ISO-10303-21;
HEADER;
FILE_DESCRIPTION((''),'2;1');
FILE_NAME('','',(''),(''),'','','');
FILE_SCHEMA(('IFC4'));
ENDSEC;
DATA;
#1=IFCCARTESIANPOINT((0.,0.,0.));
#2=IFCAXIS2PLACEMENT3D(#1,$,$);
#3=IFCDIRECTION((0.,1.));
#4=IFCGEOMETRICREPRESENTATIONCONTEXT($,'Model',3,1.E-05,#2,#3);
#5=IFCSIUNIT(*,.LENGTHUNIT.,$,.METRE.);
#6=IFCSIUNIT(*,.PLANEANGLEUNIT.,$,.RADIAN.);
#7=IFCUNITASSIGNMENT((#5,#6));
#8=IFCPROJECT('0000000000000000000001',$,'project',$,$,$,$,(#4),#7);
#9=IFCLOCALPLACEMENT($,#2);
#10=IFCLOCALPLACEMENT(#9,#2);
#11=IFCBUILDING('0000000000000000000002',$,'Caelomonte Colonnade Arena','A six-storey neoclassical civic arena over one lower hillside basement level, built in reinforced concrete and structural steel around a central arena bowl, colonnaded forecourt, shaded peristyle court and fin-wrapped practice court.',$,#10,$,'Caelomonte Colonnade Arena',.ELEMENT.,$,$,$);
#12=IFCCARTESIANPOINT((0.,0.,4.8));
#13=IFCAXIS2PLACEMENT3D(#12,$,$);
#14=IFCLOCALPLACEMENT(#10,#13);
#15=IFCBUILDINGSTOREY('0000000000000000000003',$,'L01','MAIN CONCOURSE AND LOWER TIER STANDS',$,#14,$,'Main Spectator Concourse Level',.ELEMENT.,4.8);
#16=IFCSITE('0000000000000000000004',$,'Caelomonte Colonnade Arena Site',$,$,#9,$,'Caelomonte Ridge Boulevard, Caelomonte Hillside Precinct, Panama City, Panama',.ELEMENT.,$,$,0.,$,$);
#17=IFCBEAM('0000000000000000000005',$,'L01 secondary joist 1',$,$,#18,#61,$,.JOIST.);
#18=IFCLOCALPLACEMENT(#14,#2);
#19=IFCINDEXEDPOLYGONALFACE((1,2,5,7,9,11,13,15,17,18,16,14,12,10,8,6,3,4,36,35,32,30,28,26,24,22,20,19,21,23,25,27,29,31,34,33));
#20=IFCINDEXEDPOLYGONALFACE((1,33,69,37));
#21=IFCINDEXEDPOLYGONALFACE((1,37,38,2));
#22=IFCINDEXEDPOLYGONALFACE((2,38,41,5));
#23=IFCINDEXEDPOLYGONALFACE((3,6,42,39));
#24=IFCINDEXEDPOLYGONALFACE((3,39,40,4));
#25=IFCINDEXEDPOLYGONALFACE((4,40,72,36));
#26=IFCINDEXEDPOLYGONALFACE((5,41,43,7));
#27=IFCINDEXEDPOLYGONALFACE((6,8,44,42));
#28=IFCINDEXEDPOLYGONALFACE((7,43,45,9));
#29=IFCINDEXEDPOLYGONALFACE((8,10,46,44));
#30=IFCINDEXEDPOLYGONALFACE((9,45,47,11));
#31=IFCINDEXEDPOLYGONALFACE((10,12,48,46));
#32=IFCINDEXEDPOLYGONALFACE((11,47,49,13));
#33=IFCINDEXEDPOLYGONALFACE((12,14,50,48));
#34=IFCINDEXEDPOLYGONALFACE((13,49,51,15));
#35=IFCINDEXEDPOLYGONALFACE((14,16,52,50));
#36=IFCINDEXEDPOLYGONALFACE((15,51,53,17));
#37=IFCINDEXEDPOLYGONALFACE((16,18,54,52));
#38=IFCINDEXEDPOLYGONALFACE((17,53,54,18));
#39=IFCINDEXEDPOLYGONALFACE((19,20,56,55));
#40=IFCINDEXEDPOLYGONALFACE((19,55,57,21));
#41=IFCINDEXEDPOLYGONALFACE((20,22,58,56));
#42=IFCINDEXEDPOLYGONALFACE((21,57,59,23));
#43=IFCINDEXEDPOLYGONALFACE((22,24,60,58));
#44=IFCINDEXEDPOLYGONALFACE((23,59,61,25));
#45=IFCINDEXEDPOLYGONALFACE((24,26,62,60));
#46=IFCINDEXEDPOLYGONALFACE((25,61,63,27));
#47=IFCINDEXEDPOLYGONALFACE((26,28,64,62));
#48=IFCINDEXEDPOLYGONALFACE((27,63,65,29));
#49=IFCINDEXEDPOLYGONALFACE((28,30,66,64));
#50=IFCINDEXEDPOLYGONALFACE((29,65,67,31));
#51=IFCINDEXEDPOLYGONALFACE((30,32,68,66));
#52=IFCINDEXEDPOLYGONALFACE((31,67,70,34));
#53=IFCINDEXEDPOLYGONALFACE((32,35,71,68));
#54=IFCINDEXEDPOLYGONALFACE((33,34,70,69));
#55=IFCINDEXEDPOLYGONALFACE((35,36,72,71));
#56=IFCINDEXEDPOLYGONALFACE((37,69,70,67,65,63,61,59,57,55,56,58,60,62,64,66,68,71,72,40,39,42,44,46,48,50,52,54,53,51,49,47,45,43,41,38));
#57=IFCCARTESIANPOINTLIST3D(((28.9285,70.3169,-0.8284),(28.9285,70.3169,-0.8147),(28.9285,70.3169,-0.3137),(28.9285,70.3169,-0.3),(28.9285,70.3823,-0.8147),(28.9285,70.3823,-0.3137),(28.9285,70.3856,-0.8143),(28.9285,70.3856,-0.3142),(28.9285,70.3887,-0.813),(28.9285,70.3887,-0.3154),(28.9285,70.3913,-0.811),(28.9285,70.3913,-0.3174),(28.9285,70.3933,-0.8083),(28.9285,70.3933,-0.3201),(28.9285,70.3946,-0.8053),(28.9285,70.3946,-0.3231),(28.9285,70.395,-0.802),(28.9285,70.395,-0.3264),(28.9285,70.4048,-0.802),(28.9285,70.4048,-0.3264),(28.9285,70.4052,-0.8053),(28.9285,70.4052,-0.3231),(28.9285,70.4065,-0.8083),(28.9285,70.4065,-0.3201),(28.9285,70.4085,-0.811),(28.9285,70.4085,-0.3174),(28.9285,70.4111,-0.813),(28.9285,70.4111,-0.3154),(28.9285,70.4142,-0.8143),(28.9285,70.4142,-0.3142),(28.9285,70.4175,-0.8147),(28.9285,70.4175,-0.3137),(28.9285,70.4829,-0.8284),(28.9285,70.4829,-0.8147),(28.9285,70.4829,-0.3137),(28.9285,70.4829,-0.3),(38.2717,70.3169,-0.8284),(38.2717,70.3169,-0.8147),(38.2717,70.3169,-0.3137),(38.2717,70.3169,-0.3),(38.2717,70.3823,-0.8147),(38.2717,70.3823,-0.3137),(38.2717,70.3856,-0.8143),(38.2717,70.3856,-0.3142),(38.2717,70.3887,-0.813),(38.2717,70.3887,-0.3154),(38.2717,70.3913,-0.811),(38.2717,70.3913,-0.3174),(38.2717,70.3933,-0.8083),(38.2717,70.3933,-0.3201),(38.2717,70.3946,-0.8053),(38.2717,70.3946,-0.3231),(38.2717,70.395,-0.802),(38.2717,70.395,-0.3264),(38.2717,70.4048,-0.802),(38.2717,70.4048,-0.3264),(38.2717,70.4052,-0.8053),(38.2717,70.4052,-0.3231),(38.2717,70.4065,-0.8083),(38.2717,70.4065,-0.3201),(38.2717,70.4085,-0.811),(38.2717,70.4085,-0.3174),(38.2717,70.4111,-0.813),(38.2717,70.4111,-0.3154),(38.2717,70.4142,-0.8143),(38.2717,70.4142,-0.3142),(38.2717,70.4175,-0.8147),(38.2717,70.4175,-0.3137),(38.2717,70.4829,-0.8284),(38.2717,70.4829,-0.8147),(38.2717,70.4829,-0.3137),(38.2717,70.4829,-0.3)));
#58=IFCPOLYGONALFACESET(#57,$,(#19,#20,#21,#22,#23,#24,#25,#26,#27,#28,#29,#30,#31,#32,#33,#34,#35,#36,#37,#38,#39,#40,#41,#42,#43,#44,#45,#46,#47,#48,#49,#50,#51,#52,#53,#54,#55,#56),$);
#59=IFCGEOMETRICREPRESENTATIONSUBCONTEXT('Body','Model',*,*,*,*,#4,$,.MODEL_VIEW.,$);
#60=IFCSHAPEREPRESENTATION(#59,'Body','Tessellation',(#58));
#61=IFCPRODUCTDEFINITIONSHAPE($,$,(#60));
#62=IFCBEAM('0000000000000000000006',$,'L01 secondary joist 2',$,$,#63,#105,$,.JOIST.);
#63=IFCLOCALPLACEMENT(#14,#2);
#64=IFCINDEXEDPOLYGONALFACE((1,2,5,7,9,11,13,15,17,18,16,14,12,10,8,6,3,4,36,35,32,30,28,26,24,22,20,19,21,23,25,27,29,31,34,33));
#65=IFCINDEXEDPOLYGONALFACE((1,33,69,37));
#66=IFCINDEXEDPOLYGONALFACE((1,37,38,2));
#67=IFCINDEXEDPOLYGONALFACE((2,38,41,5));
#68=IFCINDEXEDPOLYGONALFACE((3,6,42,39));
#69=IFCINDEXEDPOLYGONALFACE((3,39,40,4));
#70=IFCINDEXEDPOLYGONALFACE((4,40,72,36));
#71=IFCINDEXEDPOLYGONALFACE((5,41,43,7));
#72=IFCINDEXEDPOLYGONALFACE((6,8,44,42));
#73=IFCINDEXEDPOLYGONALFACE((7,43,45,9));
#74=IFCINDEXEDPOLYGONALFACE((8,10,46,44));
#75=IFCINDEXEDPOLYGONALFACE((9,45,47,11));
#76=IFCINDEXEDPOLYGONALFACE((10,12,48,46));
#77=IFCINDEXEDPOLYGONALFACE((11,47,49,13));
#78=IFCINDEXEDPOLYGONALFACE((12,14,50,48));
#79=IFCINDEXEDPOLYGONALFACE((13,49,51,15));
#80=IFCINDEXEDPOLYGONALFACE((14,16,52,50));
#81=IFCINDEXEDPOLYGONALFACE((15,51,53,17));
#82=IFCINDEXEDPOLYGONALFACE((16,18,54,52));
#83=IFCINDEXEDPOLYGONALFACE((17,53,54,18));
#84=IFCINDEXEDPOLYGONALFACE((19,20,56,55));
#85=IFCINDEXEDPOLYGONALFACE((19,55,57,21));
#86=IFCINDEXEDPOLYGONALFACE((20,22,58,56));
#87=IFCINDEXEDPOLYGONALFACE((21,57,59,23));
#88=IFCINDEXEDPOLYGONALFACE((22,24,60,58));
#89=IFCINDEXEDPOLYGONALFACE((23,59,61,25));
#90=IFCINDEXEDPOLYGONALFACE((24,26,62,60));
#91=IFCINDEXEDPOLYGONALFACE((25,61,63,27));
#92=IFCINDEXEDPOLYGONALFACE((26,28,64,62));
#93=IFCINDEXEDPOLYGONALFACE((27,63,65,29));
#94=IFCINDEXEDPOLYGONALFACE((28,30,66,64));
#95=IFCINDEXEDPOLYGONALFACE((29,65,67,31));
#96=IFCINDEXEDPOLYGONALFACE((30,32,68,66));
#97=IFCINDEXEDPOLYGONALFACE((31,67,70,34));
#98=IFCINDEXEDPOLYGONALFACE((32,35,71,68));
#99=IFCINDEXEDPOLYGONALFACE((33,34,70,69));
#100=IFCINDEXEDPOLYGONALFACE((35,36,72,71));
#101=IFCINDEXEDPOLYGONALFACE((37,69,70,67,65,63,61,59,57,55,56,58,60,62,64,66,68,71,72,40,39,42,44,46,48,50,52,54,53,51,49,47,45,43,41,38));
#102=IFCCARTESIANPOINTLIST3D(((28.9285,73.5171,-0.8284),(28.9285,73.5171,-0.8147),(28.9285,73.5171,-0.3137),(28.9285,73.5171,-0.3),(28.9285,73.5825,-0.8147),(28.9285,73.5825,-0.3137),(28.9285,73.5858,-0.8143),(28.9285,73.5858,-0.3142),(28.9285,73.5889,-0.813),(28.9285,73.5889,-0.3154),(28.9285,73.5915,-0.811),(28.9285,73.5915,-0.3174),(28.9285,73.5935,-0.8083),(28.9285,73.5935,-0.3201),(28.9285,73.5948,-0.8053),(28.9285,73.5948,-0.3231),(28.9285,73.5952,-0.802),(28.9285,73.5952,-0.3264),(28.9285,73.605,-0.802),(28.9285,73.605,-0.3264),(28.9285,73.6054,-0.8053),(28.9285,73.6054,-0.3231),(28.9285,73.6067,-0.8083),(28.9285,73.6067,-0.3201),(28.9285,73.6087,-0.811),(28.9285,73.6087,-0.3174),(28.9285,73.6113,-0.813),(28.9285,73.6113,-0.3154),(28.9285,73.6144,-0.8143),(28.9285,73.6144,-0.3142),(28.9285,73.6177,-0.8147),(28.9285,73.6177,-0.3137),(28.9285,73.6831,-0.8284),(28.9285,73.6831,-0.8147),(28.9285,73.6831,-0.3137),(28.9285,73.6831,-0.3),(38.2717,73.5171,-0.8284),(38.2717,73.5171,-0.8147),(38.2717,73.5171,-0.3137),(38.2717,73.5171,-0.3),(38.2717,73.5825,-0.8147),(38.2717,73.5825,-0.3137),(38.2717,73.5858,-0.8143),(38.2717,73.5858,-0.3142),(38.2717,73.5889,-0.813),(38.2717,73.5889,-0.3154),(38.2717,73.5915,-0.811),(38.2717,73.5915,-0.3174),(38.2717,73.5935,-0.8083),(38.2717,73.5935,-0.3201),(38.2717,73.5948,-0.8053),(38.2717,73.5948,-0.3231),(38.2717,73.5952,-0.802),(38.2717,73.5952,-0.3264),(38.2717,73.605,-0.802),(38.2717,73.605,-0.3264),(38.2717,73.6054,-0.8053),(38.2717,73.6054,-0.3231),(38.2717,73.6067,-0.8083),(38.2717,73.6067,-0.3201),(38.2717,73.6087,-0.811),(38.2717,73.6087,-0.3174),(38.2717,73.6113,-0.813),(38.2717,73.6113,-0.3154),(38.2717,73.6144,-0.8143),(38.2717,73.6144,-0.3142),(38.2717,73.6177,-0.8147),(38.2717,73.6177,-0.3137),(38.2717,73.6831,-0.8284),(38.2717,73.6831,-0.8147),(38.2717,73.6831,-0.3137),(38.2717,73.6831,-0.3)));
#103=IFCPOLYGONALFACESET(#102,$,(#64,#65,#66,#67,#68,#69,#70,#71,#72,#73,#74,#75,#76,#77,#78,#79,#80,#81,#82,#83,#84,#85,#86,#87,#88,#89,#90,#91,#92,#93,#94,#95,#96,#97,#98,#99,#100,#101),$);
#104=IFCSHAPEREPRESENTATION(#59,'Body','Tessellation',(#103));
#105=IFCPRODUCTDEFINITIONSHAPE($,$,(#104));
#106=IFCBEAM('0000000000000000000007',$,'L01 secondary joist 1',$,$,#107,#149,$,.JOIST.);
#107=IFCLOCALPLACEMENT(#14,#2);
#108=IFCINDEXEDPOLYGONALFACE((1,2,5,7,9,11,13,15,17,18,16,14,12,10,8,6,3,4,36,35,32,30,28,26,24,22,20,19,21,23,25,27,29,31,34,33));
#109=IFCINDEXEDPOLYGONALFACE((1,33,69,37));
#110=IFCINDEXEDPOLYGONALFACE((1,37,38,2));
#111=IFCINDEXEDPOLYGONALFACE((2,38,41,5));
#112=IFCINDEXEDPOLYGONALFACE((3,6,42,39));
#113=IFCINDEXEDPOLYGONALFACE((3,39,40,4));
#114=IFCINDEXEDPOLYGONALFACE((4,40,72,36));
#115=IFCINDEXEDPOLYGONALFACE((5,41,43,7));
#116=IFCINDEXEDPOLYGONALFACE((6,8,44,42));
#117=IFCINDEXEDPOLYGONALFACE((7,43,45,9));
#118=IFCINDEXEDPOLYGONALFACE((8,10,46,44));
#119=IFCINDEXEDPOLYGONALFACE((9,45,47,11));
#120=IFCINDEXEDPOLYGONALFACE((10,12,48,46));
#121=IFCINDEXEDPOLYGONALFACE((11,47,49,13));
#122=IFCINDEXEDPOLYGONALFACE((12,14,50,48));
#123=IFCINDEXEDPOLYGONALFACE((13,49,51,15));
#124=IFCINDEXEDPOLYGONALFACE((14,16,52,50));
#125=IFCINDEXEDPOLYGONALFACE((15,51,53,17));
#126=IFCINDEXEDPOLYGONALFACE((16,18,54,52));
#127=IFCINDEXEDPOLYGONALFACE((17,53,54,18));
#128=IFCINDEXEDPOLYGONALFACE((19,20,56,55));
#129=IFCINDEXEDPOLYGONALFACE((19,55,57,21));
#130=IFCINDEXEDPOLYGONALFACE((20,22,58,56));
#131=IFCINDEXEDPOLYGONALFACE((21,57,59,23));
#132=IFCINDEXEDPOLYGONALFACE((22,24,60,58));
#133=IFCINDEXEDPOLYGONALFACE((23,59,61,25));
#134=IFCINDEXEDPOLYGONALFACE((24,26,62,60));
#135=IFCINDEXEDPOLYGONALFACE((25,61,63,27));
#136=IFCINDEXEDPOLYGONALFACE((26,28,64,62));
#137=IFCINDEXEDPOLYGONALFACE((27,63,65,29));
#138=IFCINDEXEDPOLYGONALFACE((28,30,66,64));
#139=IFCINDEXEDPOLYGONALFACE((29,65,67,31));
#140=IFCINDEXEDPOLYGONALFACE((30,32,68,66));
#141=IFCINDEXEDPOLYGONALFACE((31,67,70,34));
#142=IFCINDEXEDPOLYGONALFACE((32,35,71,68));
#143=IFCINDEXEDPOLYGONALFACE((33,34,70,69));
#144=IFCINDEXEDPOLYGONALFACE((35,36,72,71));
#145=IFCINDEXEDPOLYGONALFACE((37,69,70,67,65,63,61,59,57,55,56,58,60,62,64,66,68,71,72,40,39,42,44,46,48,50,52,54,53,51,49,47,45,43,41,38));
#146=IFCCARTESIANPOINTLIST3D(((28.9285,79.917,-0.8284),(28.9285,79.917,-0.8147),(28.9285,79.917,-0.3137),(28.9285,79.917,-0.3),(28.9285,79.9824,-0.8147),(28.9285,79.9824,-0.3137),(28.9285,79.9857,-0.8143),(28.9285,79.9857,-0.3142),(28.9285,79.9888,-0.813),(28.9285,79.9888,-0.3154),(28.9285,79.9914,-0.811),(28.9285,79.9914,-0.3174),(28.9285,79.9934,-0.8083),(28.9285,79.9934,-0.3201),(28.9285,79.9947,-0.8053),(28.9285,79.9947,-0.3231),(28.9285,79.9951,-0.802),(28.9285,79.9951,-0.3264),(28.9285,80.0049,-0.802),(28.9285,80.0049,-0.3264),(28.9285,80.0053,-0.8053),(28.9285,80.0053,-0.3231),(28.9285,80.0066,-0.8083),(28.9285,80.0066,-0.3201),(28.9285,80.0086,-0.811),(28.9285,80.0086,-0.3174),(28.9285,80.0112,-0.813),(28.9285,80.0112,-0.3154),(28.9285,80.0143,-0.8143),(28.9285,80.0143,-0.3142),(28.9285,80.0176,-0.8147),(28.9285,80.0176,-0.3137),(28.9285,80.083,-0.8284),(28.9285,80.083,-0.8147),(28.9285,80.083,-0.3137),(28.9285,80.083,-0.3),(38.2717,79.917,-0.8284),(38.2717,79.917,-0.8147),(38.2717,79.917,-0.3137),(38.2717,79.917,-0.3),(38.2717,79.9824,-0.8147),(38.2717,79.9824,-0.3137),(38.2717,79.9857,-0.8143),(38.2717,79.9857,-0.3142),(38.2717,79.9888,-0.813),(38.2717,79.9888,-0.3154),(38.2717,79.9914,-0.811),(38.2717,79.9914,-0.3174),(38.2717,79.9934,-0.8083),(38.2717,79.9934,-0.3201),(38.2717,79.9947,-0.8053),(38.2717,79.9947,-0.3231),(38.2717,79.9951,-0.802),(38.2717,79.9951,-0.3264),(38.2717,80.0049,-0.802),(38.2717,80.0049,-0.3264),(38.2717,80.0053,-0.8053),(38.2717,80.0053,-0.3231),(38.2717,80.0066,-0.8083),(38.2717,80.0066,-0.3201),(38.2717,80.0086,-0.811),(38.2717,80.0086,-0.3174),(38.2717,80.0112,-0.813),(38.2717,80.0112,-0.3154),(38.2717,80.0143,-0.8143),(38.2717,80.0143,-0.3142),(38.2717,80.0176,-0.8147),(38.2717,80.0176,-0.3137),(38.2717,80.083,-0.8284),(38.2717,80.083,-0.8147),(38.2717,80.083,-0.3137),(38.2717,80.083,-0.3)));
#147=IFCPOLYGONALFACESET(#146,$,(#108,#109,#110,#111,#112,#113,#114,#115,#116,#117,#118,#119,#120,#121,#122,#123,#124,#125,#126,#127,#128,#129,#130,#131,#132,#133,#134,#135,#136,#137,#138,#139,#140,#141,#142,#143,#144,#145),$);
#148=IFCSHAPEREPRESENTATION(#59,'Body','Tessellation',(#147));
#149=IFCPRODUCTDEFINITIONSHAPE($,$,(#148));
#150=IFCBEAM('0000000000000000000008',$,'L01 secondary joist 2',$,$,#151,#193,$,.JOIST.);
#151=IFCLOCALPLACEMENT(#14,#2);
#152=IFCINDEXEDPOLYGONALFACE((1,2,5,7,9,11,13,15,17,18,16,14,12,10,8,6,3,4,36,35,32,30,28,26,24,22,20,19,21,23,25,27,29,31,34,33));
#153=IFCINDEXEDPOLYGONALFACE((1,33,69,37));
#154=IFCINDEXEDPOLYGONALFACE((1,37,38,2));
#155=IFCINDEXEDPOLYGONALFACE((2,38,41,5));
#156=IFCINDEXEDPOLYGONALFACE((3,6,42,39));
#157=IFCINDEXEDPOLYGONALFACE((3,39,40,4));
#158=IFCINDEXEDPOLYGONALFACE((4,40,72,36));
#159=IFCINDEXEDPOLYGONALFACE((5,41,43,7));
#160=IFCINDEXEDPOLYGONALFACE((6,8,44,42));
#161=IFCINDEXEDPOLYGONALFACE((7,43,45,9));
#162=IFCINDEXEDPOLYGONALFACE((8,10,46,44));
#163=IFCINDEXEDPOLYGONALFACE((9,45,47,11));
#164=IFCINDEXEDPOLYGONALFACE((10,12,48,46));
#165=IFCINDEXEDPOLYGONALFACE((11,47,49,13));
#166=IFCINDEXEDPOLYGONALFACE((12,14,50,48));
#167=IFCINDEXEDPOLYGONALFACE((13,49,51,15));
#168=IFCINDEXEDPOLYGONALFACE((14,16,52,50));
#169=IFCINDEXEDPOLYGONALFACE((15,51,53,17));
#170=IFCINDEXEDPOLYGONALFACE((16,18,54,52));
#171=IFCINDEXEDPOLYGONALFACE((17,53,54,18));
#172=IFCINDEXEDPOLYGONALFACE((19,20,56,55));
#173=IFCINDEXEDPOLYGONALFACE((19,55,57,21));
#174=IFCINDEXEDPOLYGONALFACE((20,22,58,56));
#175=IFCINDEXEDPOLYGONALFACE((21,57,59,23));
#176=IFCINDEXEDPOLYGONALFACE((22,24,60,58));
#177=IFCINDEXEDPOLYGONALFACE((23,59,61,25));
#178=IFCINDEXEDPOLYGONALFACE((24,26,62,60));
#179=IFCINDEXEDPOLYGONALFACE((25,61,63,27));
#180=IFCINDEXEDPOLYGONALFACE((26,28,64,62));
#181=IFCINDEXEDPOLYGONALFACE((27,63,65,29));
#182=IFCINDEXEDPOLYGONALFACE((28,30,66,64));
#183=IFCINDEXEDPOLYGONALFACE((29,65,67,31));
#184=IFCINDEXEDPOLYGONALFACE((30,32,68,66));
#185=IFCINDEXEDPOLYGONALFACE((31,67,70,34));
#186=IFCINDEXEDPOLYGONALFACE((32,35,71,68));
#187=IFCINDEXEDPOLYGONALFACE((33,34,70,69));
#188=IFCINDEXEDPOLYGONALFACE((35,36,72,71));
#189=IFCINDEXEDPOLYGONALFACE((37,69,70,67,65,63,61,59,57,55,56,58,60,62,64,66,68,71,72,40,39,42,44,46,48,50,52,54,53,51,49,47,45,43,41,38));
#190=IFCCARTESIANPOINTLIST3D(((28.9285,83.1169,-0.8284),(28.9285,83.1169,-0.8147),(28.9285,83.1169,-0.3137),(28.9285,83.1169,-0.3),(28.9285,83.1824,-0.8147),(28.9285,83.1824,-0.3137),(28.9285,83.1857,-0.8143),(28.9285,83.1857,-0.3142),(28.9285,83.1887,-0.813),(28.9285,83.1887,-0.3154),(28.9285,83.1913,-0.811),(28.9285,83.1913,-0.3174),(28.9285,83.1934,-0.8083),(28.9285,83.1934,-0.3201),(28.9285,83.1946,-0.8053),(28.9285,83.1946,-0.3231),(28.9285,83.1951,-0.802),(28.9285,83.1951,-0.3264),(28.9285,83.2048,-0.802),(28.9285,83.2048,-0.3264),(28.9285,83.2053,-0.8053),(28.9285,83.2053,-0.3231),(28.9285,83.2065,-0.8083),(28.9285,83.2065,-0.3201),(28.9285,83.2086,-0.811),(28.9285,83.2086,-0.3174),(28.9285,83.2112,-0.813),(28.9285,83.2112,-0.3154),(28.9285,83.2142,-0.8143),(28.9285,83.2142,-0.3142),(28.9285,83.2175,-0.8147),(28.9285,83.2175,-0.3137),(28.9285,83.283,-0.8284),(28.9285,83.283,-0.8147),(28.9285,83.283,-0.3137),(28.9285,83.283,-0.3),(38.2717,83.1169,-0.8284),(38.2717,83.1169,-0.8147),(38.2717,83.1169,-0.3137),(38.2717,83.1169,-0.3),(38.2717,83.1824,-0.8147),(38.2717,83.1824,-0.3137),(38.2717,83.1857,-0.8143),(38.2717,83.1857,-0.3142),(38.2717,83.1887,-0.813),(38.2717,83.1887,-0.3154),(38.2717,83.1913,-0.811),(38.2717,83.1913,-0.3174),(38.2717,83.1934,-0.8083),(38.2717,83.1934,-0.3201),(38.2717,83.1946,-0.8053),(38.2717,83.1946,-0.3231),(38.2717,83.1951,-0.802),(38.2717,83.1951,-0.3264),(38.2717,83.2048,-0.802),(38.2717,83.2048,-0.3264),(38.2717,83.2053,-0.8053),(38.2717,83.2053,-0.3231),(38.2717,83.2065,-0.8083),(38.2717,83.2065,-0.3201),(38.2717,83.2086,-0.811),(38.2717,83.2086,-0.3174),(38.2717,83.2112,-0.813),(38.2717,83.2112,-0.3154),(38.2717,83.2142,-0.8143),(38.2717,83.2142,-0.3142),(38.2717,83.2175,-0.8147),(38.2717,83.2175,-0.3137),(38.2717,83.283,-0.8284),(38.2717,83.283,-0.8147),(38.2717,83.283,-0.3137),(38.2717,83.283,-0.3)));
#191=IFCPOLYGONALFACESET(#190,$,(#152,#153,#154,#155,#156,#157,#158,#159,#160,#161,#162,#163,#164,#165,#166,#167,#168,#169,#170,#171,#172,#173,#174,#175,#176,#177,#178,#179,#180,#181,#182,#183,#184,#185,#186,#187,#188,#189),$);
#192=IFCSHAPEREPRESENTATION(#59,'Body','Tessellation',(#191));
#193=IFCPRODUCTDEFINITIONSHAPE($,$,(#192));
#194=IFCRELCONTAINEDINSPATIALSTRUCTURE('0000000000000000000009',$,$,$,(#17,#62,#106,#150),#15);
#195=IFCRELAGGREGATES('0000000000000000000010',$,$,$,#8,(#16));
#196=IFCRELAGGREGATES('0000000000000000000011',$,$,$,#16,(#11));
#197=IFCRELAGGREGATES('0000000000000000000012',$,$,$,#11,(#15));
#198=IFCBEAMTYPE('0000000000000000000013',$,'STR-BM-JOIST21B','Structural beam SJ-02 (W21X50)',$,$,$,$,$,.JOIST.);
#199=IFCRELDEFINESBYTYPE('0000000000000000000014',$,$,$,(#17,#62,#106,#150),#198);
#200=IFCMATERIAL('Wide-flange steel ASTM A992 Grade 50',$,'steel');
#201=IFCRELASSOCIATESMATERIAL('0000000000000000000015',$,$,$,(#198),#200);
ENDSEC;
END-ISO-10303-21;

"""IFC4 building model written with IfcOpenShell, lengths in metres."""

from ifc_helpers import new_model, si_unit, direction, frame, origin, origin_2d, place, context, subcontext, project, spatial, i_section, extrude, material, material_profile, profile_set, type_object, element, save


model = new_model("IFC4")

# Units and contexts
model_context = context("Model", 3, precision=1e-05, world=origin(), true_north=direction((0.0, 1.0)))
body_context = subcontext(model_context, "Body", "Model", "MODEL_VIEW")
ifc_project = project(units=[si_unit("LENGTHUNIT", "METRE"), si_unit("PLANEANGLEUNIT", "RADIAN")], contexts=[model_context])

# Site, building, storey
site_placement = place(None, origin())
site = spatial("IfcSite", under=ifc_project, at=site_placement, Name="Caelomonte Colonnade Arena Site", LongName="Caelomonte Ridge Boulevard, Caelomonte Hillside Precinct, Panama City, Panama", CompositionType="ELEMENT", RefElevation=0.0)
building_placement = place(site_placement, origin())
building = spatial("IfcBuilding", under=site, at=building_placement, Name="Caelomonte Colonnade Arena", Description="A six-storey neoclassical civic arena over one lower hillside basement level, built in reinforced concrete and structural steel around a central arena bowl, colonnaded forecourt, shaded peristyle court and fin-wrapped practice court.", LongName="Caelomonte Colonnade Arena", CompositionType="ELEMENT")
storey_placement = place(building_placement, frame((0.0, 0.0, 4.8)))
storey = spatial("IfcBuildingStorey", under=building, at=storey_placement, Name="L01", Description="MAIN CONCOURSE AND LOWER TIER STANDS", LongName="Main Spectator Concourse Level", CompositionType="ELEMENT", Elevation=4.8)

# Shared definitions
ifc_material_1 = material(Name="Wide-flange steel ASTM A992 Grade 50", Category="steel")

# Beams
ifc_material_profile_1 = material_profile(ifc_material_1, i_section(OverallWidth=0.166, OverallDepth=0.5283, WebThickness=0.0098, FlangeThickness=0.0137, FilletRadius=0.0127, at=origin_2d()), Name="W21X50")
ifc_profile_set_1 = profile_set([ifc_material_profile_1], Name="Wide-flange steel ASTM A992 Grade 50")
beam_type_1 = type_object("IfcBeamType", Name="STR-BM-JOIST21B", Description="Structural beam SJ-02 (W21X50)", PredefinedType="JOIST", material=ifc_profile_set_1)
for number, where, z_axis, x_axis, name in (
    (1, (28.9285, 70.3999, -0.5642), (1.0, 0.0, 0.0), (0.0, 1.0, 0.0), "L01 secondary joist 1"),
    (2, (28.9285, 73.6001, -0.5642), (1.0, 0.0, 0.0), (0.0, 1.0, 0.0), "L01 secondary joist 2"),
    (3, (28.9285, 80.0, -0.5642), (1.0, 0.0, 0.0), (0.0, 1.0, 0.0), "L01 secondary joist 1"),
    (4, (28.9285, 83.2, -0.5642), (1.0, 0.0, 0.0), (0.0, 1.0, 0.0), "L01 secondary joist 2"),
):
    element("IfcBeam", number, at=place(storey_placement, frame(where, z_axis=z_axis, x_axis=x_axis)), inside=storey, type_object=beam_type_1, Name=name, PredefinedType="JOIST", context=body_context, shape_type="SweptSolid", body=[
        extrude(i_section(OverallWidth=0.166, OverallDepth=0.5283, WebThickness=0.0098, FlangeThickness=0.0137, FilletRadius=0.0127, at=origin_2d()), origin(), (0.0, 0.0, 1.0), 9.3433),
    ])

save(model, "model.ifc")
